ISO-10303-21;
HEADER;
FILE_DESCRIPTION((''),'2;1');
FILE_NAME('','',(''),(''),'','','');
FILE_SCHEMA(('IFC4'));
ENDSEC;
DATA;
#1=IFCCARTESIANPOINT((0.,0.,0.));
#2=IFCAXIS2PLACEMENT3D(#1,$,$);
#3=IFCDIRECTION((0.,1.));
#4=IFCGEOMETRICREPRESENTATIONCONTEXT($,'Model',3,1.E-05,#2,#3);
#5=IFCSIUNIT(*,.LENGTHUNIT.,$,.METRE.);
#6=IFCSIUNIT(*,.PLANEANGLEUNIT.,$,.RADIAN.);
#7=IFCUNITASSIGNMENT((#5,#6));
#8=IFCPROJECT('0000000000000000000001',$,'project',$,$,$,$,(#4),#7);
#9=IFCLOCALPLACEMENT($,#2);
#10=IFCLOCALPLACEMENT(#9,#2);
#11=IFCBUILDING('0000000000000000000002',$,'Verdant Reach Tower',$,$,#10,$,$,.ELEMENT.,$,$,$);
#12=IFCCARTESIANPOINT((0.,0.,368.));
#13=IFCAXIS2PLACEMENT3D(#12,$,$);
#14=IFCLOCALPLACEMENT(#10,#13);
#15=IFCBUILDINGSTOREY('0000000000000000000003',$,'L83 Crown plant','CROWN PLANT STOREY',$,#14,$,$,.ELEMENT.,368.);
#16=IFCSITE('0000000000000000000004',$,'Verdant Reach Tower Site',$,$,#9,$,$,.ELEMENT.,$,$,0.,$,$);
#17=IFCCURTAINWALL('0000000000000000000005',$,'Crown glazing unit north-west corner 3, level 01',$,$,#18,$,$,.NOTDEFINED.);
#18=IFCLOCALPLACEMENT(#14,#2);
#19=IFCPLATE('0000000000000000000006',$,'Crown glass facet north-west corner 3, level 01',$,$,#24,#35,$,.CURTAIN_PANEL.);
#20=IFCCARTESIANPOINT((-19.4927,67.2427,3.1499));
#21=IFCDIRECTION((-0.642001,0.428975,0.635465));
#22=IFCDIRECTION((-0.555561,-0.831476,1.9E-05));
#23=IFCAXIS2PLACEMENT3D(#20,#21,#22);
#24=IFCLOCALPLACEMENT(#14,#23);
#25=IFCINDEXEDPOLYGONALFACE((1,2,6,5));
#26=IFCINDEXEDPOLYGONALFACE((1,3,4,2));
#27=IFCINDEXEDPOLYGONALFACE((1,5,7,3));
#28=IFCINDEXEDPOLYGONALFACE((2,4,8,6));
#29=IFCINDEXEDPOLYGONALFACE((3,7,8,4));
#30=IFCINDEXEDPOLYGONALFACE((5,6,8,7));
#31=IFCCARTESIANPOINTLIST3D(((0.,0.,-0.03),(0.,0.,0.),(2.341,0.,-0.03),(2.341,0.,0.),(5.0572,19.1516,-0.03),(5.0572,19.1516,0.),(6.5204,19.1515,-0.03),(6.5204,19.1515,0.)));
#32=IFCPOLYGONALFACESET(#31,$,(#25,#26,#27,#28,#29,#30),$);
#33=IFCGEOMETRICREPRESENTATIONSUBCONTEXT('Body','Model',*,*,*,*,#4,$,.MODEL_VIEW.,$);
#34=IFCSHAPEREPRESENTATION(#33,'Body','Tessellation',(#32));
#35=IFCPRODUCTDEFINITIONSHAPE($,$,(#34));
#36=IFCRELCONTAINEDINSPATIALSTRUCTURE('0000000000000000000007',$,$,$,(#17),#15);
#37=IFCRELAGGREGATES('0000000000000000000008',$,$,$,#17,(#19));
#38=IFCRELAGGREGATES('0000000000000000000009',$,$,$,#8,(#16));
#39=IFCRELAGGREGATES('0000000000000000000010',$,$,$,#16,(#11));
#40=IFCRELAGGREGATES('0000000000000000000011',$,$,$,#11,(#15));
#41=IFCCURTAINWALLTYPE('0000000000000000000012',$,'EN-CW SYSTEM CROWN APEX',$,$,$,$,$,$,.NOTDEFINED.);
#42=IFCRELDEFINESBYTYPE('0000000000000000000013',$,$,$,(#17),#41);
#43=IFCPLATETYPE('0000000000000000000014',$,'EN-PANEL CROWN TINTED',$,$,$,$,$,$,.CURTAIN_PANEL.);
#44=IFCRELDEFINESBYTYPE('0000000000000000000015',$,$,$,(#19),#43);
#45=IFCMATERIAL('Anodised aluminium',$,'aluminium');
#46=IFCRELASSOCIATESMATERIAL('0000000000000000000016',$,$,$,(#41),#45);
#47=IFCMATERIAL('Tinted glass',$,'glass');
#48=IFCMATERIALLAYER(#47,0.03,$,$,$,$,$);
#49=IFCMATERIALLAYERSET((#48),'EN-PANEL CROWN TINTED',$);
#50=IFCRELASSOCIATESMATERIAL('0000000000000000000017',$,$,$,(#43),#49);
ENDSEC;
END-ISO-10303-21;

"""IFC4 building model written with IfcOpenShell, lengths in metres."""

from ifc_helpers import new_model, si_unit, direction, frame, origin, place, context, subcontext, project, spatial, polyline, outline, extrude, material, layer, layer_set, type_object, element, aggregate, save


model = new_model("IFC4")

# Units and contexts
model_context = context("Model", 3, precision=1e-05, world=origin(), true_north=direction((0.0, 1.0)))
body_context = subcontext(model_context, "Body", "Model", "MODEL_VIEW")
ifc_project = project(units=[si_unit("LENGTHUNIT", "METRE"), si_unit("PLANEANGLEUNIT", "RADIAN")], contexts=[model_context])

# Site, building, storey
site_placement = place(None, origin())
site = spatial("IfcSite", under=ifc_project, at=site_placement, Name="Verdant Reach Tower Site", CompositionType="ELEMENT", RefElevation=0.0)
building_placement = place(site_placement, origin())
building = spatial("IfcBuilding", under=site, at=building_placement, Name="Verdant Reach Tower", CompositionType="ELEMENT")
storey_placement = place(building_placement, frame((0.0, 0.0, 368.0)))
storey = spatial("IfcBuildingStorey", under=building, at=storey_placement, Name="L83 Crown plant", Description="CROWN PLANT STOREY", CompositionType="ELEMENT", Elevation=368.0)

# Curtain wall
ifc_material_1 = material(Name="Anodised aluminium", Category="aluminium")
curtain_wall_type_1 = type_object("IfcCurtainWallType", Name="EN-CW SYSTEM CROWN APEX", PredefinedType="NOTDEFINED", material=ifc_material_1)
curtain_wall_1_placement = place(storey_placement, origin())
curtain_wall_1 = element("IfcCurtainWall", 1, at=curtain_wall_1_placement, inside=storey, type_object=curtain_wall_type_1, Name="Crown glazing unit north-west corner 3, level 01", PredefinedType="NOTDEFINED")

# Plate
ifc_material_2 = material(Name="Tinted glass", Category="glass")
ifc_layer_1 = layer(ifc_material_2, 0.03)
ifc_layer_set_1 = layer_set([ifc_layer_1], Name="EN-PANEL CROWN TINTED")
plate_type = type_object("IfcPlateType", Name="EN-PANEL CROWN TINTED", PredefinedType="CURTAIN_PANEL", material=ifc_layer_set_1)
plate_1_placement = place(storey_placement, frame((-19.4927, 67.2427, 3.1499), z_axis=(-0.642001, 0.428975, 0.635465), x_axis=(-0.555561, -0.831476, 0.000019)))
plate_1 = element("IfcPlate", 2, at=plate_1_placement, type_object=plate_type, Name="Crown glass facet north-west corner 3, level 01", PredefinedType="CURTAIN_PANEL", context=body_context, shape_type="SweptSolid", body=[
    extrude(outline(polyline([(0.0, 0.0), (2.341, 0.0), (6.5204, 19.1515), (5.0572, 19.1516), (0.0, 0.0)])), origin(), (0.0, 0.0, -1.0), 0.03),
])
aggregate(curtain_wall_1, [plate_1])

save(model, "model.ifc")
